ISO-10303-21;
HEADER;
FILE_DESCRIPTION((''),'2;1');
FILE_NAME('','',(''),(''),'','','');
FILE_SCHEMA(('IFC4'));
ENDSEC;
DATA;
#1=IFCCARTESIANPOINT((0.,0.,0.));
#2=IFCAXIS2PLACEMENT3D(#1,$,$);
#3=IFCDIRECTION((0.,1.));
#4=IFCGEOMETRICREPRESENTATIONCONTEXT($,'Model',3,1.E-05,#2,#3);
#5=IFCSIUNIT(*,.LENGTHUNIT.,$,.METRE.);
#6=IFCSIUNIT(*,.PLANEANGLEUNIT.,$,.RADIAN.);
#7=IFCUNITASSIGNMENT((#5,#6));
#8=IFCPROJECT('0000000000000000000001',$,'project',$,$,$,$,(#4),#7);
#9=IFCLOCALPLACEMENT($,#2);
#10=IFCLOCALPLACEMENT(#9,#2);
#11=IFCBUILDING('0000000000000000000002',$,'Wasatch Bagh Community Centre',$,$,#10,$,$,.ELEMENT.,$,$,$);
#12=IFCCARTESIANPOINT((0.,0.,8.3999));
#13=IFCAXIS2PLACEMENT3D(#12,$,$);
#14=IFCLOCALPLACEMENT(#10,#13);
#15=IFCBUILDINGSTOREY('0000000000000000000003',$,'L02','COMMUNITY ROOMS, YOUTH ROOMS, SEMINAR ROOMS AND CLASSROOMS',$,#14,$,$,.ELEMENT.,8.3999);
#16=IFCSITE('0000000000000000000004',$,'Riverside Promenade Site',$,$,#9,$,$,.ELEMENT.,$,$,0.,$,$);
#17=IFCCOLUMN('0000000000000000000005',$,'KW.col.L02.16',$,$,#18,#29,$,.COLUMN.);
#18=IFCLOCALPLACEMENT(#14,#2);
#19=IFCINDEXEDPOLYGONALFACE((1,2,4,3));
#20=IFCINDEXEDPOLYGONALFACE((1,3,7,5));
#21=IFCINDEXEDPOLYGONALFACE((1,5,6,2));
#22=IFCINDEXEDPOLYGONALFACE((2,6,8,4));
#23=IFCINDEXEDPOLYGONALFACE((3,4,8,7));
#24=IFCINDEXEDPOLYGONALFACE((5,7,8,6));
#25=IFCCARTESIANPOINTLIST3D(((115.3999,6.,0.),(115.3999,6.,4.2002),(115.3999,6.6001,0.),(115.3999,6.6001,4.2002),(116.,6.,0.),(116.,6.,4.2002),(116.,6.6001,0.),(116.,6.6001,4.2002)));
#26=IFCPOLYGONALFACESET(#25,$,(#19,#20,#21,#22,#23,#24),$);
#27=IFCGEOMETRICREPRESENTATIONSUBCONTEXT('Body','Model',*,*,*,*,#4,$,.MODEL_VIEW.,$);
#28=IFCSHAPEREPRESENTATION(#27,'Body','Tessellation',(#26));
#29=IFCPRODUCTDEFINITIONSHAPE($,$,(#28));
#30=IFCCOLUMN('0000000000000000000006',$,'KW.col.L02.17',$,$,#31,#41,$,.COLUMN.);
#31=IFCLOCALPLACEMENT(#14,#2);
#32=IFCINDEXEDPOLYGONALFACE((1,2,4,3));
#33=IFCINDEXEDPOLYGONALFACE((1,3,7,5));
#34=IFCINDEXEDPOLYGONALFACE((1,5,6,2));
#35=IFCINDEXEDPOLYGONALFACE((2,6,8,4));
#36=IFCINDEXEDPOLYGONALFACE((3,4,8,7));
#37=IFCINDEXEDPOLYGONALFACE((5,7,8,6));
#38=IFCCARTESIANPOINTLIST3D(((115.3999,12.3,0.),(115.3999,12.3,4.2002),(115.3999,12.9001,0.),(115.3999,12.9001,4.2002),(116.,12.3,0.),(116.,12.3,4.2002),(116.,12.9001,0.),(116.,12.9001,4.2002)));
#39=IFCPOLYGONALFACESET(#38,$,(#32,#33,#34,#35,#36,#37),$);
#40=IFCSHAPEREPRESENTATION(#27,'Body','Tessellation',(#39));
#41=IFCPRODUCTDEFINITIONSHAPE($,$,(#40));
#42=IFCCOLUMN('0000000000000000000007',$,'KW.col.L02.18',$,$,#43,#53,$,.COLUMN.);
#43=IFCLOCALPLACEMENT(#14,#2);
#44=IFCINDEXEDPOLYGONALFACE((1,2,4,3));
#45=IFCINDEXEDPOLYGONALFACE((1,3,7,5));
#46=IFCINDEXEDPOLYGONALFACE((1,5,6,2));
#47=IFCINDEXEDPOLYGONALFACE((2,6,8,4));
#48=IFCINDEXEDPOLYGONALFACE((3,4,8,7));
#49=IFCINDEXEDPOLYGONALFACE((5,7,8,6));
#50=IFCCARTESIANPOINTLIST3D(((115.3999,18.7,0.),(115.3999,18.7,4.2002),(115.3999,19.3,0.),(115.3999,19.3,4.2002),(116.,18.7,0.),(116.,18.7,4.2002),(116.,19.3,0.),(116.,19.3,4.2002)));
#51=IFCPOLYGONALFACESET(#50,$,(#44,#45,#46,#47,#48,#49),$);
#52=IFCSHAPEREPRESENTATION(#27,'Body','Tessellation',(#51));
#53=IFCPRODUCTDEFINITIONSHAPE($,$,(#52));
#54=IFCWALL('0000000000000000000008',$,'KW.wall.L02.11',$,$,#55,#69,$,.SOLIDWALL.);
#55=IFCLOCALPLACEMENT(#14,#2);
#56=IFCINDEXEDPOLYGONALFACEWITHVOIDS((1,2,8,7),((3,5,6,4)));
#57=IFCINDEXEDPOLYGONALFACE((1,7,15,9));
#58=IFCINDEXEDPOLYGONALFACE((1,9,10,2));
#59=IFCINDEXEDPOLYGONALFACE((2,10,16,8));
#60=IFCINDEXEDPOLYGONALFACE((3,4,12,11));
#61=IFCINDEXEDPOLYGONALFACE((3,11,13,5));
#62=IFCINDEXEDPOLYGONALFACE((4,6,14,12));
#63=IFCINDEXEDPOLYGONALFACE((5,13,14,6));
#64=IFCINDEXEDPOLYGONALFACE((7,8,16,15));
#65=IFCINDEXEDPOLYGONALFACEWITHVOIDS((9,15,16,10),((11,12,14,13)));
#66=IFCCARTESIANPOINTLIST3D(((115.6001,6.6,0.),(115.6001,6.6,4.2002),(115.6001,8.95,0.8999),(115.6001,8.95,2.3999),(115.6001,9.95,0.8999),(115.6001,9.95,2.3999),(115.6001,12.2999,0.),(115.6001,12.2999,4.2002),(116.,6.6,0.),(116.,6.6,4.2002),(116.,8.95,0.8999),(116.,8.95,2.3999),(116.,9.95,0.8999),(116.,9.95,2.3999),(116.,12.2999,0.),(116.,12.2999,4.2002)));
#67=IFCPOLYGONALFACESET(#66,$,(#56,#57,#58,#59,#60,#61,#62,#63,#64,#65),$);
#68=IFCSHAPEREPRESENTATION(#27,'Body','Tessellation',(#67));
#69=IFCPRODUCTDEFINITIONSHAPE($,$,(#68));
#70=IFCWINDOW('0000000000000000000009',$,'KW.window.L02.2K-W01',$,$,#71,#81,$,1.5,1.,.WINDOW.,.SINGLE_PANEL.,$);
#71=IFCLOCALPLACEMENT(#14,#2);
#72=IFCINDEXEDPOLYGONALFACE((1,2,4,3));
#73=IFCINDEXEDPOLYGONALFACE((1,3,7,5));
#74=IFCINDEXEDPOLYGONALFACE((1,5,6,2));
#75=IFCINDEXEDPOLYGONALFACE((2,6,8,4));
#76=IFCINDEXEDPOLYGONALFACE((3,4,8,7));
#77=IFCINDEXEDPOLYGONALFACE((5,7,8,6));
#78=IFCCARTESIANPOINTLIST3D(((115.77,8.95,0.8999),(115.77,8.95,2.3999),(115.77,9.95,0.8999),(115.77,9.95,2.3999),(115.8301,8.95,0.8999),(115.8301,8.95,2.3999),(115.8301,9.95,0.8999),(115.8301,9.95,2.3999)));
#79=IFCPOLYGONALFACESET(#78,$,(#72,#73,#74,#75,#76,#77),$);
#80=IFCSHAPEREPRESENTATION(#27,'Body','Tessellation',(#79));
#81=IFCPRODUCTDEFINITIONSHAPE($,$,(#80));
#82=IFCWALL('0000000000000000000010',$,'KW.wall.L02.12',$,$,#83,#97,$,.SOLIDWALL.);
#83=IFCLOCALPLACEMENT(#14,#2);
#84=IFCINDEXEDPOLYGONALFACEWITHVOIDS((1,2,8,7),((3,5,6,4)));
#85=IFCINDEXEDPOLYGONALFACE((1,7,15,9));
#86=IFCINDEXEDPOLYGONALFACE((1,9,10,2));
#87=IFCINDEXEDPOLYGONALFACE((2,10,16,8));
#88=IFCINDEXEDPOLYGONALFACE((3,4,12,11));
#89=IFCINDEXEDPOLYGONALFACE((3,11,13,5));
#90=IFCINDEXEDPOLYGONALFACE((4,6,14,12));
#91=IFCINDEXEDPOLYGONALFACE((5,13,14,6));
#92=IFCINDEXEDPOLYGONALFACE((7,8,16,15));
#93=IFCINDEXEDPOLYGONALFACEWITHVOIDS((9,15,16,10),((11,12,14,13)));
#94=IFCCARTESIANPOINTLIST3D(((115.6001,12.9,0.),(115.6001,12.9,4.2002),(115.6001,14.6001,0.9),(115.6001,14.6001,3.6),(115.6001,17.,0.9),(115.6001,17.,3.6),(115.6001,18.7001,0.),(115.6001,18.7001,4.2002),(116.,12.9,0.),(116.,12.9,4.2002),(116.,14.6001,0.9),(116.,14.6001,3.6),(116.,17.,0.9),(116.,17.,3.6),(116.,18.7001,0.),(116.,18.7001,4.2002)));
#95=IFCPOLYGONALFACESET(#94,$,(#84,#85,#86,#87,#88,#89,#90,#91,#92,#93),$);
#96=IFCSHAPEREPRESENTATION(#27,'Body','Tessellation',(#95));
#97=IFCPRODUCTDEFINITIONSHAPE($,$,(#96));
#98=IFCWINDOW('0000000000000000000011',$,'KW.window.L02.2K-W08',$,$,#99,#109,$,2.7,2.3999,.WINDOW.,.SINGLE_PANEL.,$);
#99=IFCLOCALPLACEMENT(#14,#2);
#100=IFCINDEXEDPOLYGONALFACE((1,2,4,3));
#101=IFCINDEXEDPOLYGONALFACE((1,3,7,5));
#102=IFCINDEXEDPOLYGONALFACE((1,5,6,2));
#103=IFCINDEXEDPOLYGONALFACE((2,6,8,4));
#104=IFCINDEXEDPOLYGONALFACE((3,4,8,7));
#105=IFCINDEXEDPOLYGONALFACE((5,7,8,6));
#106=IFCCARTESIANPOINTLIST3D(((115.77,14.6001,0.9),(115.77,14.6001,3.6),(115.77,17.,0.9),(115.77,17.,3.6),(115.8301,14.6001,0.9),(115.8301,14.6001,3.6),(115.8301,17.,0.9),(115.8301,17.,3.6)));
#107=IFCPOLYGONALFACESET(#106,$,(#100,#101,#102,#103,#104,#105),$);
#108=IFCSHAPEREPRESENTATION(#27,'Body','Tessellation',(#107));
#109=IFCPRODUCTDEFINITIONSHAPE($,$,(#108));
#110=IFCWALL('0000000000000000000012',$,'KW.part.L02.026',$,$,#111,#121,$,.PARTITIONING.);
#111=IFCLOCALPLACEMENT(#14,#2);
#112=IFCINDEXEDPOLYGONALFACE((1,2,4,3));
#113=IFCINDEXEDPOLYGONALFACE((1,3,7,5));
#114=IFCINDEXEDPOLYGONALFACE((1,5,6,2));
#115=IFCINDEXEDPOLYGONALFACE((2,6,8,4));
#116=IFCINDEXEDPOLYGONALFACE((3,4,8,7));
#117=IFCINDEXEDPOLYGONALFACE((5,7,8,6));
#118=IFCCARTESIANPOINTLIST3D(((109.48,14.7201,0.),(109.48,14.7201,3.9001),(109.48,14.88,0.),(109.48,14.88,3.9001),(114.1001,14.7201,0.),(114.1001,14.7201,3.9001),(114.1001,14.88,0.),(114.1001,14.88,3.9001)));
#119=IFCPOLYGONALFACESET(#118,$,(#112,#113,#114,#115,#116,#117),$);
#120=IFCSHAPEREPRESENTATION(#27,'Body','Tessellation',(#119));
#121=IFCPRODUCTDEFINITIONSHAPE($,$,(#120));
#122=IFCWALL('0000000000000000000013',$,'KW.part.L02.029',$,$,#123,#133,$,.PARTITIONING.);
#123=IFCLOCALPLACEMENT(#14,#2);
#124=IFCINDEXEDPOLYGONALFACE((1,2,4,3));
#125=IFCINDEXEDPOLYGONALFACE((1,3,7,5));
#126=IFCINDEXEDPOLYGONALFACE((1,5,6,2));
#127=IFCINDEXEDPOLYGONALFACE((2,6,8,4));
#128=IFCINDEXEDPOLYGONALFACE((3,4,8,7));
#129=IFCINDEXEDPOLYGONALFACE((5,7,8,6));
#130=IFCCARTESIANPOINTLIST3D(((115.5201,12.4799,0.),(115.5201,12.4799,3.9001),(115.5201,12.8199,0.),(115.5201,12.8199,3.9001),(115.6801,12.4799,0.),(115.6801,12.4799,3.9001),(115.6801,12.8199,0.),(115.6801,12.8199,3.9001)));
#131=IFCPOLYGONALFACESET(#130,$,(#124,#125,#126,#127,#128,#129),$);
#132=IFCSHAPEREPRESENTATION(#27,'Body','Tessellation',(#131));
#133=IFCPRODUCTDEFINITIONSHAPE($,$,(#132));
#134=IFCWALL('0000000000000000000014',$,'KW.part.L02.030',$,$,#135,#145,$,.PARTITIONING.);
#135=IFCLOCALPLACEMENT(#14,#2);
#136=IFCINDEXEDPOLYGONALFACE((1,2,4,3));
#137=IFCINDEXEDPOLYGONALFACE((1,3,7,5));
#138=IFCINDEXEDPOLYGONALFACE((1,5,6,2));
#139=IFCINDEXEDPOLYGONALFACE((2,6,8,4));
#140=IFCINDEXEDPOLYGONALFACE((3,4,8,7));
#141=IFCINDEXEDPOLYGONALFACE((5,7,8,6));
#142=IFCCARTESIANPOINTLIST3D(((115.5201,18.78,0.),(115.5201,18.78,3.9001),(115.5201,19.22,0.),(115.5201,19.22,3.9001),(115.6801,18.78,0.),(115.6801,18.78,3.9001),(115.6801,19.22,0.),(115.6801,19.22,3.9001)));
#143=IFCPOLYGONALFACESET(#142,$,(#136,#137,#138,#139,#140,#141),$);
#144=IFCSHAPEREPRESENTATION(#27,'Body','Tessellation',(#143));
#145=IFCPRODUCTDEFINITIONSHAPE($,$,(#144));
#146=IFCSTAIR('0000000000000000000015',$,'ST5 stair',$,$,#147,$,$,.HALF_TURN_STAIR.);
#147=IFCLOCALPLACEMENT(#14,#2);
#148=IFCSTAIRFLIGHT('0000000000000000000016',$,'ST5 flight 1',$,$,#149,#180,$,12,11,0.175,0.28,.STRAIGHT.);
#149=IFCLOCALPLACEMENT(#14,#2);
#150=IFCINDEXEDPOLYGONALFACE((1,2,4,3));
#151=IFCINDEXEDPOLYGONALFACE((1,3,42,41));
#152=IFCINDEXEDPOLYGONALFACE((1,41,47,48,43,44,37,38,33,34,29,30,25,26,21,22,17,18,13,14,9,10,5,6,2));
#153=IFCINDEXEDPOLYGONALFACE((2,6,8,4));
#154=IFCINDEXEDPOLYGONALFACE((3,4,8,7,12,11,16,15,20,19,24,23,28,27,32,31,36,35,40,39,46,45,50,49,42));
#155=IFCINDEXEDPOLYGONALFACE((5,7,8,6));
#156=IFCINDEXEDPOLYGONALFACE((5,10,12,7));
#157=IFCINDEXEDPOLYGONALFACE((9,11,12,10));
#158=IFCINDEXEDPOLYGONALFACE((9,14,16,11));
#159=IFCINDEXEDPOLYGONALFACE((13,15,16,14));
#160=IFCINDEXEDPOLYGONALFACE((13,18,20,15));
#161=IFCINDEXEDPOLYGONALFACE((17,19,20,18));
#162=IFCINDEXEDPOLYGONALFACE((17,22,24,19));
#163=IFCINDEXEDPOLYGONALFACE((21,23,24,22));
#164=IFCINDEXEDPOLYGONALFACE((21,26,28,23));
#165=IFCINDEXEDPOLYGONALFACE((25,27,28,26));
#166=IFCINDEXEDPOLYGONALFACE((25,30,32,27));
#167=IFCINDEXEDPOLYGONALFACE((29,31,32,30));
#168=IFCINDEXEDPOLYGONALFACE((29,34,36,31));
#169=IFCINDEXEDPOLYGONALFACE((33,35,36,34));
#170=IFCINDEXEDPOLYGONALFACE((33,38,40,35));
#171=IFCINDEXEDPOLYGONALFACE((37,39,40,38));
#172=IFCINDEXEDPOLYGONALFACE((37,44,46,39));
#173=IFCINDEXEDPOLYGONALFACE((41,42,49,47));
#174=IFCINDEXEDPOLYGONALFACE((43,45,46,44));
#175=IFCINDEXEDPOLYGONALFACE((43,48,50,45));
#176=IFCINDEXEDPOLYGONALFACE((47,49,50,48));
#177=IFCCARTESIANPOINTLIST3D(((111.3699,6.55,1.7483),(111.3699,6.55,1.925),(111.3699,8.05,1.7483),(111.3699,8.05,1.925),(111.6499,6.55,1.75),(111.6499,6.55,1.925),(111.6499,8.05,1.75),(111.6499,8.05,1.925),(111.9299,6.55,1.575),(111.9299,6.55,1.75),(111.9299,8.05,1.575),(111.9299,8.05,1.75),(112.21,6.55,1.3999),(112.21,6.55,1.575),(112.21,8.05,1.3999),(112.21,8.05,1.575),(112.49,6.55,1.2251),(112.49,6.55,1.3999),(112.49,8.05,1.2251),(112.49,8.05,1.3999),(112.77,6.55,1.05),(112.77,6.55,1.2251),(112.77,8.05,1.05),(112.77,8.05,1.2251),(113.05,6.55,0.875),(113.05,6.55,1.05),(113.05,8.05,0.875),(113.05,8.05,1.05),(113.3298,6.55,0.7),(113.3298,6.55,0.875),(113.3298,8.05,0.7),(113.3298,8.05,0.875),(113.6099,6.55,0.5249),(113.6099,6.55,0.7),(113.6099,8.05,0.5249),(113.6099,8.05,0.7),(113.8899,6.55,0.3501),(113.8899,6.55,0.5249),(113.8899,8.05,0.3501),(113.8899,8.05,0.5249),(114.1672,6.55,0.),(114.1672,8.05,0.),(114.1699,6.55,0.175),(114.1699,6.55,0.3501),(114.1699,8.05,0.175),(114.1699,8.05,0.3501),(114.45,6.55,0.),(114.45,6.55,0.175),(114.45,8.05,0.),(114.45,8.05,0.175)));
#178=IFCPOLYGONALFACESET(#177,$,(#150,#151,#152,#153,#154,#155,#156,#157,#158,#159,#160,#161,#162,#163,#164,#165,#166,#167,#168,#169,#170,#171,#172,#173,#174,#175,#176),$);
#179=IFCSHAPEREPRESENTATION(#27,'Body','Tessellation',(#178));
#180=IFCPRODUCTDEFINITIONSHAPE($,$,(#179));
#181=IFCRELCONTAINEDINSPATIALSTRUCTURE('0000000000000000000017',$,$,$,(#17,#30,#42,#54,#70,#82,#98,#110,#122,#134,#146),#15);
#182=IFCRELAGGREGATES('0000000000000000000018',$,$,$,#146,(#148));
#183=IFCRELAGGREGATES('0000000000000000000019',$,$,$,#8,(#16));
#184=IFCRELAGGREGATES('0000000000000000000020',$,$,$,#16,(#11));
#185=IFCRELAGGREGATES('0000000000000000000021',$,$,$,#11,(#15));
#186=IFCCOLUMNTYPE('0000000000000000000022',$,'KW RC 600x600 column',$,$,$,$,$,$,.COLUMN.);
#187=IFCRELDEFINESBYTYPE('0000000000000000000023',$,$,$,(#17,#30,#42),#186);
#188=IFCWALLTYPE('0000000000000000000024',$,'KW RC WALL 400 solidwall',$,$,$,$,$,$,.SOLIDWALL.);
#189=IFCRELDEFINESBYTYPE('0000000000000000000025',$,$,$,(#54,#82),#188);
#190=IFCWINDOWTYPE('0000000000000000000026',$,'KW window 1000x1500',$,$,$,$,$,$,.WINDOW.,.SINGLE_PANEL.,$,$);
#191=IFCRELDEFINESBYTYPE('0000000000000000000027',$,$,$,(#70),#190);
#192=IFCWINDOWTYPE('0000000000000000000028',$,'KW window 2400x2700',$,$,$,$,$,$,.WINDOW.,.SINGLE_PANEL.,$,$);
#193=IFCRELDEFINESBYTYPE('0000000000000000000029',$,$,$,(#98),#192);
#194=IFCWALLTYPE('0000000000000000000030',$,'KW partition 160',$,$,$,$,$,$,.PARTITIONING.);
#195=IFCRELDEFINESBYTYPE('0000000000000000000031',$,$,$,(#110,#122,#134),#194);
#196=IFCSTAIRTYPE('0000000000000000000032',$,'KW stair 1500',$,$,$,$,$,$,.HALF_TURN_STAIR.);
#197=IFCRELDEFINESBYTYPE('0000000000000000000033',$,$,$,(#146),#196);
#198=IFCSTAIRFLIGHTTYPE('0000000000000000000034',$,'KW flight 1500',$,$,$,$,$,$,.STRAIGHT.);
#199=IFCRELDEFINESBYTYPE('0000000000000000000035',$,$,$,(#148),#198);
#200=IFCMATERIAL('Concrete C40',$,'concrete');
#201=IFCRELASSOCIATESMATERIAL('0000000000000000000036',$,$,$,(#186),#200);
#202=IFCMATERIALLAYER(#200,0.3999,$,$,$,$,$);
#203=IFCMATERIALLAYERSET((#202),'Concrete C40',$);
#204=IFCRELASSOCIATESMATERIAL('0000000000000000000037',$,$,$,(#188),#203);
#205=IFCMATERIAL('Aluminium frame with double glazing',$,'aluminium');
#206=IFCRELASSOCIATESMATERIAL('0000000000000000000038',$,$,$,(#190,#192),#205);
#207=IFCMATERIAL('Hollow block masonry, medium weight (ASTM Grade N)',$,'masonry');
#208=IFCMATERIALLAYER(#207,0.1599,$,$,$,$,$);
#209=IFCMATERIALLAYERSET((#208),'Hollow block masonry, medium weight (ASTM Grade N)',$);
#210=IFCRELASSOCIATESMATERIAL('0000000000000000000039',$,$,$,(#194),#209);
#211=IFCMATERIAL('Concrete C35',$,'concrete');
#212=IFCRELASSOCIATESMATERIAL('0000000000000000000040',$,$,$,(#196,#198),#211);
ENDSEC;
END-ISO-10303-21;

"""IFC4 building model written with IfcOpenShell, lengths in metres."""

from ifc_helpers import new_model, si_unit, direction, frame, frame_2d, origin, origin_2d, place, context, subcontext, project, spatial, polyline, rectangle, outline, extrude, material, layer, layer_set, material_profile, profile_set, type_object, element, fill, aggregate, save


model = new_model("IFC4")

# Units and contexts
model_context = context("Model", 3, precision=1e-05, world=origin(), true_north=direction((0.0, 1.0)))
body_context = subcontext(model_context, "Body", "Model", "MODEL_VIEW")
ifc_project = project(units=[si_unit("LENGTHUNIT", "METRE"), si_unit("PLANEANGLEUNIT", "RADIAN")], contexts=[model_context])

# Site, building, storey
site_placement = place(None, origin())
site = spatial("IfcSite", under=ifc_project, at=site_placement, Name="Riverside Promenade Site", CompositionType="ELEMENT", RefElevation=0.0)
building_placement = place(site_placement, origin())
building = spatial("IfcBuilding", under=site, at=building_placement, Name="Wasatch Bagh Community Centre", CompositionType="ELEMENT")
storey_placement = place(building_placement, frame((0.0, 0.0, 8.3999)))
storey = spatial("IfcBuildingStorey", under=building, at=storey_placement, Name="L02", Description="COMMUNITY ROOMS, YOUTH ROOMS, SEMINAR ROOMS AND CLASSROOMS", CompositionType="ELEMENT", Elevation=8.3999)

# Columns
ifc_material_1 = material(Name="Concrete C40", Category="concrete")
ifc_material_profile = material_profile(ifc_material_1, rectangle(XDim=0.6001, YDim=0.6001, at=origin_2d()), Name="RC 600x600")
ifc_profile_set = profile_set([ifc_material_profile], Name="Concrete C40")
column_type = type_object("IfcColumnType", Name="KW RC 600x600 column", PredefinedType="COLUMN", material=ifc_profile_set)
for number, where, z_axis, x_axis, name in (
    (1, (115.7, 6.3, 0.0), (0.0, 0.0, 1.0), (1.0, 0.0, 0.0), "KW.col.L02.16"),
    (2, (115.7, 12.6001, 0.0), (0.0, 0.0, 1.0), (1.0, 0.0, 0.0), "KW.col.L02.17"),
    (3, (115.7, 19.0, 0.0), (0.0, 0.0, 1.0), (1.0, 0.0, 0.0), "KW.col.L02.18"),
):
    element("IfcColumn", number, at=place(storey_placement, frame(where, z_axis=z_axis, x_axis=x_axis)), inside=storey, type_object=column_type, Name=name, PredefinedType="COLUMN", context=body_context, shape_type="SweptSolid", body=[
        extrude(rectangle(XDim=0.6001, YDim=0.6001, at=origin_2d()), origin(), (0.0, 0.0, 1.0), 4.2002),
    ])

# Walls, openings, windows
ifc_layer_1 = layer(ifc_material_1, 0.3999)
ifc_layer_set_1 = layer_set([ifc_layer_1], Name="Concrete C40")
wall_type_1 = type_object("IfcWallType", Name="KW RC WALL 400 solidwall", PredefinedType="SOLIDWALL", material=ifc_layer_set_1)
wall_1_placement = place(storey_placement, frame((115.8, 12.3, 0.0), z_axis=(0.0, 0.0, 1.0), x_axis=(0.0, -1.0, 0.0)))
wall_1 = element("IfcWall", 4, at=wall_1_placement, inside=storey, type_object=wall_type_1, Name="KW.wall.L02.11", PredefinedType="SOLIDWALL", context=body_context, shape_type="SweptSolid", body=[
    extrude(rectangle(XDim=5.7, YDim=0.3999, at=frame_2d((2.8501, 0.0))), origin(), (0.0, 0.0, 1.0), 4.2002),
])
opening_1_placement = place(wall_1_placement, frame((2.3501, 0.0, 0.8999)))
opening_1 = element("IfcOpeningElement", 5, at=opening_1_placement, cuts=wall_1, PredefinedType="OPENING", context=body_context, shape_type="SweptSolid", body=[
    extrude(rectangle(XDim=1.0, YDim=1.5, at=frame_2d((0.5, 0.75))), frame((0.0, 0.21, 0.0), z_axis=(0.0, -1.0, 0.0), x_axis=(1.0, 0.0, 0.0)), (0.0, 0.0, 1.0), 0.4199),
])
ifc_material_2 = material(Name="Aluminium frame with double glazing", Category="aluminium")
window_type_1 = type_object("IfcWindowType", Name="KW window 1000x1500", PartitioningType="SINGLE_PANEL", PredefinedType="WINDOW", material=ifc_material_2)
window_1_placement = place(opening_1_placement, origin())
window_1 = element("IfcWindow", 6, at=window_1_placement, inside=storey, type_object=window_type_1, Name="KW.window.L02.2K-W01", OverallHeight=1.5, OverallWidth=1.0, PartitioningType="SINGLE_PANEL", PredefinedType="WINDOW", context=body_context, shape_type="SweptSolid", body=[
    extrude(rectangle(XDim=1.0, YDim=1.5, at=frame_2d((0.5, 0.75))), frame((0.0, 0.03, 0.0), z_axis=(0.0, -1.0, 0.0), x_axis=(1.0, 0.0, 0.0)), (0.0, 0.0, 1.0), 0.0601),
])
fill(opening_1, window_1)
wall_2_placement = place(storey_placement, frame((115.8, 18.7, 0.0), z_axis=(0.0, 0.0, 1.0), x_axis=(0.0, -1.0, 0.0)))
wall_2 = element("IfcWall", 7, at=wall_2_placement, inside=storey, type_object=wall_type_1, Name="KW.wall.L02.12", PredefinedType="SOLIDWALL", context=body_context, shape_type="SweptSolid", body=[
    extrude(rectangle(XDim=5.8, YDim=0.3999, at=frame_2d((2.8999, 0.0))), origin(), (0.0, 0.0, 1.0), 4.2002),
])
opening_2_placement = place(wall_2_placement, frame((1.7, 0.0, 0.8999)))
opening_2 = element("IfcOpeningElement", 8, at=opening_2_placement, cuts=wall_2, PredefinedType="OPENING", context=body_context, shape_type="SweptSolid", body=[
    extrude(rectangle(XDim=2.3999, YDim=2.7, at=frame_2d((1.2, 1.3501))), frame((0.0, 0.21, 0.0), z_axis=(0.0, -1.0, 0.0), x_axis=(1.0, 0.0, 0.0)), (0.0, 0.0, 1.0), 0.4199),
])
window_type_2 = type_object("IfcWindowType", Name="KW window 2400x2700", PartitioningType="SINGLE_PANEL", PredefinedType="WINDOW", material=ifc_material_2)
window_2_placement = place(opening_2_placement, origin())
window_2 = element("IfcWindow", 9, at=window_2_placement, inside=storey, type_object=window_type_2, Name="KW.window.L02.2K-W08", OverallHeight=2.7, OverallWidth=2.3999, PartitioningType="SINGLE_PANEL", PredefinedType="WINDOW", context=body_context, shape_type="SweptSolid", body=[
    extrude(rectangle(XDim=2.3999, YDim=2.7, at=frame_2d((1.2, 1.3501))), frame((0.0, 0.03, 0.0), z_axis=(0.0, -1.0, 0.0), x_axis=(1.0, 0.0, 0.0)), (0.0, 0.0, 1.0), 0.0601),
])
fill(opening_2, window_2)

# Walls
ifc_material_3 = material(Name="Hollow block masonry, medium weight (ASTM Grade N)", Category="masonry")
ifc_layer_2 = layer(ifc_material_3, 0.1599)
ifc_layer_set_2 = layer_set([ifc_layer_2], Name="Hollow block masonry, medium weight (ASTM Grade N)")
wall_type_2 = type_object("IfcWallType", Name="KW partition 160", PredefinedType="PARTITIONING", material=ifc_layer_set_2)
wall_3_placement = place(storey_placement, frame((114.1001, 14.8, 0.0), z_axis=(0.0, 0.0, 1.0), x_axis=(-1.0, 0.0, 0.0)))
element("IfcWall", 10, at=wall_3_placement, inside=storey, type_object=wall_type_2, Name="KW.part.L02.026", PredefinedType="PARTITIONING", context=body_context, shape_type="SweptSolid", body=[
    extrude(rectangle(XDim=4.6201, YDim=0.1599, at=frame_2d((2.3101, 0.0))), origin(), (0.0, 0.0, 1.0), 3.9001),
])
wall_4_placement = place(storey_placement, frame((115.6001, 12.48, 0.0), z_axis=(0.0, 0.0, 1.0), x_axis=(0.0, 1.0, 0.0)))
element("IfcWall", 11, at=wall_4_placement, inside=storey, type_object=wall_type_2, Name="KW.part.L02.029", PredefinedType="PARTITIONING", context=body_context, shape_type="SweptSolid", body=[
    extrude(rectangle(XDim=0.3401, YDim=0.1599, at=frame_2d((0.1699, 0.0))), origin(), (0.0, 0.0, 1.0), 3.9001),
])
wall_5_placement = place(storey_placement, frame((115.6001, 18.78, 0.0), z_axis=(0.0, 0.0, 1.0), x_axis=(0.0, 1.0, 0.0)))
element("IfcWall", 12, at=wall_5_placement, inside=storey, type_object=wall_type_2, Name="KW.part.L02.030", PredefinedType="PARTITIONING", context=body_context, shape_type="SweptSolid", body=[
    extrude(rectangle(XDim=0.4399, YDim=0.1599, at=frame_2d((0.22, 0.0))), origin(), (0.0, 0.0, 1.0), 3.9001),
])

# Stair, stair flight
ifc_material_4 = material(Name="Concrete C35", Category="concrete")
stair_type = type_object("IfcStairType", Name="KW stair 1500", PredefinedType="HALF_TURN_STAIR", material=ifc_material_4)
stair_placement = place(storey_placement, origin())
stair = element("IfcStair", 13, at=stair_placement, inside=storey, type_object=stair_type, Name="ST5 stair", PredefinedType="HALF_TURN_STAIR")
stair_flight_type = type_object("IfcStairFlightType", Name="KW flight 1500", PredefinedType="STRAIGHT", material=ifc_material_4)
stair_flight_placement = place(storey_placement, frame((114.45, 7.3, 0.0), z_axis=(0.0, 0.0, 1.0), x_axis=(-1.0, 0.0, 0.0)))
stair_flight = element("IfcStairFlight", 14, at=stair_flight_placement, type_object=stair_flight_type, Name="ST5 flight 1", NumberOfRisers=12, NumberOfTreads=11, PredefinedType="STRAIGHT", RiserHeight=0.175, TreadLength=0.28, context=body_context, shape_type="SweptSolid", body=[
    extrude(outline(polyline([(0.0, 0.0), (0.0, 0.175), (0.28, 0.175), (0.28, 0.3501), (0.5601, 0.3501), (0.5601, 0.5249), (0.8401, 0.5249), (0.8401, 0.7), (1.1201, 0.7), (1.1201, 0.875), (1.3999, 0.875), (1.3999, 1.05), (1.6799, 1.05), (1.6799, 1.2251), (1.96, 1.2251), (1.96, 1.3999), (2.24, 1.3999), (2.24, 1.575), (2.52, 1.575), (2.52, 1.75), (2.8, 1.75), (2.8, 1.925), (3.0801, 1.925), (3.0801, 2.1001), (3.0801, 1.7483), (0.2827, 0.0), (0.0, 0.0)])), frame((0.0, 0.75, 0.0), z_axis=(0.0, -1.0, 0.0), x_axis=(1.0, 0.0, 0.0)), (0.0, 0.0, 1.0), 1.5),
])
aggregate(stair, [stair_flight])

save(model, "model.ifc")
